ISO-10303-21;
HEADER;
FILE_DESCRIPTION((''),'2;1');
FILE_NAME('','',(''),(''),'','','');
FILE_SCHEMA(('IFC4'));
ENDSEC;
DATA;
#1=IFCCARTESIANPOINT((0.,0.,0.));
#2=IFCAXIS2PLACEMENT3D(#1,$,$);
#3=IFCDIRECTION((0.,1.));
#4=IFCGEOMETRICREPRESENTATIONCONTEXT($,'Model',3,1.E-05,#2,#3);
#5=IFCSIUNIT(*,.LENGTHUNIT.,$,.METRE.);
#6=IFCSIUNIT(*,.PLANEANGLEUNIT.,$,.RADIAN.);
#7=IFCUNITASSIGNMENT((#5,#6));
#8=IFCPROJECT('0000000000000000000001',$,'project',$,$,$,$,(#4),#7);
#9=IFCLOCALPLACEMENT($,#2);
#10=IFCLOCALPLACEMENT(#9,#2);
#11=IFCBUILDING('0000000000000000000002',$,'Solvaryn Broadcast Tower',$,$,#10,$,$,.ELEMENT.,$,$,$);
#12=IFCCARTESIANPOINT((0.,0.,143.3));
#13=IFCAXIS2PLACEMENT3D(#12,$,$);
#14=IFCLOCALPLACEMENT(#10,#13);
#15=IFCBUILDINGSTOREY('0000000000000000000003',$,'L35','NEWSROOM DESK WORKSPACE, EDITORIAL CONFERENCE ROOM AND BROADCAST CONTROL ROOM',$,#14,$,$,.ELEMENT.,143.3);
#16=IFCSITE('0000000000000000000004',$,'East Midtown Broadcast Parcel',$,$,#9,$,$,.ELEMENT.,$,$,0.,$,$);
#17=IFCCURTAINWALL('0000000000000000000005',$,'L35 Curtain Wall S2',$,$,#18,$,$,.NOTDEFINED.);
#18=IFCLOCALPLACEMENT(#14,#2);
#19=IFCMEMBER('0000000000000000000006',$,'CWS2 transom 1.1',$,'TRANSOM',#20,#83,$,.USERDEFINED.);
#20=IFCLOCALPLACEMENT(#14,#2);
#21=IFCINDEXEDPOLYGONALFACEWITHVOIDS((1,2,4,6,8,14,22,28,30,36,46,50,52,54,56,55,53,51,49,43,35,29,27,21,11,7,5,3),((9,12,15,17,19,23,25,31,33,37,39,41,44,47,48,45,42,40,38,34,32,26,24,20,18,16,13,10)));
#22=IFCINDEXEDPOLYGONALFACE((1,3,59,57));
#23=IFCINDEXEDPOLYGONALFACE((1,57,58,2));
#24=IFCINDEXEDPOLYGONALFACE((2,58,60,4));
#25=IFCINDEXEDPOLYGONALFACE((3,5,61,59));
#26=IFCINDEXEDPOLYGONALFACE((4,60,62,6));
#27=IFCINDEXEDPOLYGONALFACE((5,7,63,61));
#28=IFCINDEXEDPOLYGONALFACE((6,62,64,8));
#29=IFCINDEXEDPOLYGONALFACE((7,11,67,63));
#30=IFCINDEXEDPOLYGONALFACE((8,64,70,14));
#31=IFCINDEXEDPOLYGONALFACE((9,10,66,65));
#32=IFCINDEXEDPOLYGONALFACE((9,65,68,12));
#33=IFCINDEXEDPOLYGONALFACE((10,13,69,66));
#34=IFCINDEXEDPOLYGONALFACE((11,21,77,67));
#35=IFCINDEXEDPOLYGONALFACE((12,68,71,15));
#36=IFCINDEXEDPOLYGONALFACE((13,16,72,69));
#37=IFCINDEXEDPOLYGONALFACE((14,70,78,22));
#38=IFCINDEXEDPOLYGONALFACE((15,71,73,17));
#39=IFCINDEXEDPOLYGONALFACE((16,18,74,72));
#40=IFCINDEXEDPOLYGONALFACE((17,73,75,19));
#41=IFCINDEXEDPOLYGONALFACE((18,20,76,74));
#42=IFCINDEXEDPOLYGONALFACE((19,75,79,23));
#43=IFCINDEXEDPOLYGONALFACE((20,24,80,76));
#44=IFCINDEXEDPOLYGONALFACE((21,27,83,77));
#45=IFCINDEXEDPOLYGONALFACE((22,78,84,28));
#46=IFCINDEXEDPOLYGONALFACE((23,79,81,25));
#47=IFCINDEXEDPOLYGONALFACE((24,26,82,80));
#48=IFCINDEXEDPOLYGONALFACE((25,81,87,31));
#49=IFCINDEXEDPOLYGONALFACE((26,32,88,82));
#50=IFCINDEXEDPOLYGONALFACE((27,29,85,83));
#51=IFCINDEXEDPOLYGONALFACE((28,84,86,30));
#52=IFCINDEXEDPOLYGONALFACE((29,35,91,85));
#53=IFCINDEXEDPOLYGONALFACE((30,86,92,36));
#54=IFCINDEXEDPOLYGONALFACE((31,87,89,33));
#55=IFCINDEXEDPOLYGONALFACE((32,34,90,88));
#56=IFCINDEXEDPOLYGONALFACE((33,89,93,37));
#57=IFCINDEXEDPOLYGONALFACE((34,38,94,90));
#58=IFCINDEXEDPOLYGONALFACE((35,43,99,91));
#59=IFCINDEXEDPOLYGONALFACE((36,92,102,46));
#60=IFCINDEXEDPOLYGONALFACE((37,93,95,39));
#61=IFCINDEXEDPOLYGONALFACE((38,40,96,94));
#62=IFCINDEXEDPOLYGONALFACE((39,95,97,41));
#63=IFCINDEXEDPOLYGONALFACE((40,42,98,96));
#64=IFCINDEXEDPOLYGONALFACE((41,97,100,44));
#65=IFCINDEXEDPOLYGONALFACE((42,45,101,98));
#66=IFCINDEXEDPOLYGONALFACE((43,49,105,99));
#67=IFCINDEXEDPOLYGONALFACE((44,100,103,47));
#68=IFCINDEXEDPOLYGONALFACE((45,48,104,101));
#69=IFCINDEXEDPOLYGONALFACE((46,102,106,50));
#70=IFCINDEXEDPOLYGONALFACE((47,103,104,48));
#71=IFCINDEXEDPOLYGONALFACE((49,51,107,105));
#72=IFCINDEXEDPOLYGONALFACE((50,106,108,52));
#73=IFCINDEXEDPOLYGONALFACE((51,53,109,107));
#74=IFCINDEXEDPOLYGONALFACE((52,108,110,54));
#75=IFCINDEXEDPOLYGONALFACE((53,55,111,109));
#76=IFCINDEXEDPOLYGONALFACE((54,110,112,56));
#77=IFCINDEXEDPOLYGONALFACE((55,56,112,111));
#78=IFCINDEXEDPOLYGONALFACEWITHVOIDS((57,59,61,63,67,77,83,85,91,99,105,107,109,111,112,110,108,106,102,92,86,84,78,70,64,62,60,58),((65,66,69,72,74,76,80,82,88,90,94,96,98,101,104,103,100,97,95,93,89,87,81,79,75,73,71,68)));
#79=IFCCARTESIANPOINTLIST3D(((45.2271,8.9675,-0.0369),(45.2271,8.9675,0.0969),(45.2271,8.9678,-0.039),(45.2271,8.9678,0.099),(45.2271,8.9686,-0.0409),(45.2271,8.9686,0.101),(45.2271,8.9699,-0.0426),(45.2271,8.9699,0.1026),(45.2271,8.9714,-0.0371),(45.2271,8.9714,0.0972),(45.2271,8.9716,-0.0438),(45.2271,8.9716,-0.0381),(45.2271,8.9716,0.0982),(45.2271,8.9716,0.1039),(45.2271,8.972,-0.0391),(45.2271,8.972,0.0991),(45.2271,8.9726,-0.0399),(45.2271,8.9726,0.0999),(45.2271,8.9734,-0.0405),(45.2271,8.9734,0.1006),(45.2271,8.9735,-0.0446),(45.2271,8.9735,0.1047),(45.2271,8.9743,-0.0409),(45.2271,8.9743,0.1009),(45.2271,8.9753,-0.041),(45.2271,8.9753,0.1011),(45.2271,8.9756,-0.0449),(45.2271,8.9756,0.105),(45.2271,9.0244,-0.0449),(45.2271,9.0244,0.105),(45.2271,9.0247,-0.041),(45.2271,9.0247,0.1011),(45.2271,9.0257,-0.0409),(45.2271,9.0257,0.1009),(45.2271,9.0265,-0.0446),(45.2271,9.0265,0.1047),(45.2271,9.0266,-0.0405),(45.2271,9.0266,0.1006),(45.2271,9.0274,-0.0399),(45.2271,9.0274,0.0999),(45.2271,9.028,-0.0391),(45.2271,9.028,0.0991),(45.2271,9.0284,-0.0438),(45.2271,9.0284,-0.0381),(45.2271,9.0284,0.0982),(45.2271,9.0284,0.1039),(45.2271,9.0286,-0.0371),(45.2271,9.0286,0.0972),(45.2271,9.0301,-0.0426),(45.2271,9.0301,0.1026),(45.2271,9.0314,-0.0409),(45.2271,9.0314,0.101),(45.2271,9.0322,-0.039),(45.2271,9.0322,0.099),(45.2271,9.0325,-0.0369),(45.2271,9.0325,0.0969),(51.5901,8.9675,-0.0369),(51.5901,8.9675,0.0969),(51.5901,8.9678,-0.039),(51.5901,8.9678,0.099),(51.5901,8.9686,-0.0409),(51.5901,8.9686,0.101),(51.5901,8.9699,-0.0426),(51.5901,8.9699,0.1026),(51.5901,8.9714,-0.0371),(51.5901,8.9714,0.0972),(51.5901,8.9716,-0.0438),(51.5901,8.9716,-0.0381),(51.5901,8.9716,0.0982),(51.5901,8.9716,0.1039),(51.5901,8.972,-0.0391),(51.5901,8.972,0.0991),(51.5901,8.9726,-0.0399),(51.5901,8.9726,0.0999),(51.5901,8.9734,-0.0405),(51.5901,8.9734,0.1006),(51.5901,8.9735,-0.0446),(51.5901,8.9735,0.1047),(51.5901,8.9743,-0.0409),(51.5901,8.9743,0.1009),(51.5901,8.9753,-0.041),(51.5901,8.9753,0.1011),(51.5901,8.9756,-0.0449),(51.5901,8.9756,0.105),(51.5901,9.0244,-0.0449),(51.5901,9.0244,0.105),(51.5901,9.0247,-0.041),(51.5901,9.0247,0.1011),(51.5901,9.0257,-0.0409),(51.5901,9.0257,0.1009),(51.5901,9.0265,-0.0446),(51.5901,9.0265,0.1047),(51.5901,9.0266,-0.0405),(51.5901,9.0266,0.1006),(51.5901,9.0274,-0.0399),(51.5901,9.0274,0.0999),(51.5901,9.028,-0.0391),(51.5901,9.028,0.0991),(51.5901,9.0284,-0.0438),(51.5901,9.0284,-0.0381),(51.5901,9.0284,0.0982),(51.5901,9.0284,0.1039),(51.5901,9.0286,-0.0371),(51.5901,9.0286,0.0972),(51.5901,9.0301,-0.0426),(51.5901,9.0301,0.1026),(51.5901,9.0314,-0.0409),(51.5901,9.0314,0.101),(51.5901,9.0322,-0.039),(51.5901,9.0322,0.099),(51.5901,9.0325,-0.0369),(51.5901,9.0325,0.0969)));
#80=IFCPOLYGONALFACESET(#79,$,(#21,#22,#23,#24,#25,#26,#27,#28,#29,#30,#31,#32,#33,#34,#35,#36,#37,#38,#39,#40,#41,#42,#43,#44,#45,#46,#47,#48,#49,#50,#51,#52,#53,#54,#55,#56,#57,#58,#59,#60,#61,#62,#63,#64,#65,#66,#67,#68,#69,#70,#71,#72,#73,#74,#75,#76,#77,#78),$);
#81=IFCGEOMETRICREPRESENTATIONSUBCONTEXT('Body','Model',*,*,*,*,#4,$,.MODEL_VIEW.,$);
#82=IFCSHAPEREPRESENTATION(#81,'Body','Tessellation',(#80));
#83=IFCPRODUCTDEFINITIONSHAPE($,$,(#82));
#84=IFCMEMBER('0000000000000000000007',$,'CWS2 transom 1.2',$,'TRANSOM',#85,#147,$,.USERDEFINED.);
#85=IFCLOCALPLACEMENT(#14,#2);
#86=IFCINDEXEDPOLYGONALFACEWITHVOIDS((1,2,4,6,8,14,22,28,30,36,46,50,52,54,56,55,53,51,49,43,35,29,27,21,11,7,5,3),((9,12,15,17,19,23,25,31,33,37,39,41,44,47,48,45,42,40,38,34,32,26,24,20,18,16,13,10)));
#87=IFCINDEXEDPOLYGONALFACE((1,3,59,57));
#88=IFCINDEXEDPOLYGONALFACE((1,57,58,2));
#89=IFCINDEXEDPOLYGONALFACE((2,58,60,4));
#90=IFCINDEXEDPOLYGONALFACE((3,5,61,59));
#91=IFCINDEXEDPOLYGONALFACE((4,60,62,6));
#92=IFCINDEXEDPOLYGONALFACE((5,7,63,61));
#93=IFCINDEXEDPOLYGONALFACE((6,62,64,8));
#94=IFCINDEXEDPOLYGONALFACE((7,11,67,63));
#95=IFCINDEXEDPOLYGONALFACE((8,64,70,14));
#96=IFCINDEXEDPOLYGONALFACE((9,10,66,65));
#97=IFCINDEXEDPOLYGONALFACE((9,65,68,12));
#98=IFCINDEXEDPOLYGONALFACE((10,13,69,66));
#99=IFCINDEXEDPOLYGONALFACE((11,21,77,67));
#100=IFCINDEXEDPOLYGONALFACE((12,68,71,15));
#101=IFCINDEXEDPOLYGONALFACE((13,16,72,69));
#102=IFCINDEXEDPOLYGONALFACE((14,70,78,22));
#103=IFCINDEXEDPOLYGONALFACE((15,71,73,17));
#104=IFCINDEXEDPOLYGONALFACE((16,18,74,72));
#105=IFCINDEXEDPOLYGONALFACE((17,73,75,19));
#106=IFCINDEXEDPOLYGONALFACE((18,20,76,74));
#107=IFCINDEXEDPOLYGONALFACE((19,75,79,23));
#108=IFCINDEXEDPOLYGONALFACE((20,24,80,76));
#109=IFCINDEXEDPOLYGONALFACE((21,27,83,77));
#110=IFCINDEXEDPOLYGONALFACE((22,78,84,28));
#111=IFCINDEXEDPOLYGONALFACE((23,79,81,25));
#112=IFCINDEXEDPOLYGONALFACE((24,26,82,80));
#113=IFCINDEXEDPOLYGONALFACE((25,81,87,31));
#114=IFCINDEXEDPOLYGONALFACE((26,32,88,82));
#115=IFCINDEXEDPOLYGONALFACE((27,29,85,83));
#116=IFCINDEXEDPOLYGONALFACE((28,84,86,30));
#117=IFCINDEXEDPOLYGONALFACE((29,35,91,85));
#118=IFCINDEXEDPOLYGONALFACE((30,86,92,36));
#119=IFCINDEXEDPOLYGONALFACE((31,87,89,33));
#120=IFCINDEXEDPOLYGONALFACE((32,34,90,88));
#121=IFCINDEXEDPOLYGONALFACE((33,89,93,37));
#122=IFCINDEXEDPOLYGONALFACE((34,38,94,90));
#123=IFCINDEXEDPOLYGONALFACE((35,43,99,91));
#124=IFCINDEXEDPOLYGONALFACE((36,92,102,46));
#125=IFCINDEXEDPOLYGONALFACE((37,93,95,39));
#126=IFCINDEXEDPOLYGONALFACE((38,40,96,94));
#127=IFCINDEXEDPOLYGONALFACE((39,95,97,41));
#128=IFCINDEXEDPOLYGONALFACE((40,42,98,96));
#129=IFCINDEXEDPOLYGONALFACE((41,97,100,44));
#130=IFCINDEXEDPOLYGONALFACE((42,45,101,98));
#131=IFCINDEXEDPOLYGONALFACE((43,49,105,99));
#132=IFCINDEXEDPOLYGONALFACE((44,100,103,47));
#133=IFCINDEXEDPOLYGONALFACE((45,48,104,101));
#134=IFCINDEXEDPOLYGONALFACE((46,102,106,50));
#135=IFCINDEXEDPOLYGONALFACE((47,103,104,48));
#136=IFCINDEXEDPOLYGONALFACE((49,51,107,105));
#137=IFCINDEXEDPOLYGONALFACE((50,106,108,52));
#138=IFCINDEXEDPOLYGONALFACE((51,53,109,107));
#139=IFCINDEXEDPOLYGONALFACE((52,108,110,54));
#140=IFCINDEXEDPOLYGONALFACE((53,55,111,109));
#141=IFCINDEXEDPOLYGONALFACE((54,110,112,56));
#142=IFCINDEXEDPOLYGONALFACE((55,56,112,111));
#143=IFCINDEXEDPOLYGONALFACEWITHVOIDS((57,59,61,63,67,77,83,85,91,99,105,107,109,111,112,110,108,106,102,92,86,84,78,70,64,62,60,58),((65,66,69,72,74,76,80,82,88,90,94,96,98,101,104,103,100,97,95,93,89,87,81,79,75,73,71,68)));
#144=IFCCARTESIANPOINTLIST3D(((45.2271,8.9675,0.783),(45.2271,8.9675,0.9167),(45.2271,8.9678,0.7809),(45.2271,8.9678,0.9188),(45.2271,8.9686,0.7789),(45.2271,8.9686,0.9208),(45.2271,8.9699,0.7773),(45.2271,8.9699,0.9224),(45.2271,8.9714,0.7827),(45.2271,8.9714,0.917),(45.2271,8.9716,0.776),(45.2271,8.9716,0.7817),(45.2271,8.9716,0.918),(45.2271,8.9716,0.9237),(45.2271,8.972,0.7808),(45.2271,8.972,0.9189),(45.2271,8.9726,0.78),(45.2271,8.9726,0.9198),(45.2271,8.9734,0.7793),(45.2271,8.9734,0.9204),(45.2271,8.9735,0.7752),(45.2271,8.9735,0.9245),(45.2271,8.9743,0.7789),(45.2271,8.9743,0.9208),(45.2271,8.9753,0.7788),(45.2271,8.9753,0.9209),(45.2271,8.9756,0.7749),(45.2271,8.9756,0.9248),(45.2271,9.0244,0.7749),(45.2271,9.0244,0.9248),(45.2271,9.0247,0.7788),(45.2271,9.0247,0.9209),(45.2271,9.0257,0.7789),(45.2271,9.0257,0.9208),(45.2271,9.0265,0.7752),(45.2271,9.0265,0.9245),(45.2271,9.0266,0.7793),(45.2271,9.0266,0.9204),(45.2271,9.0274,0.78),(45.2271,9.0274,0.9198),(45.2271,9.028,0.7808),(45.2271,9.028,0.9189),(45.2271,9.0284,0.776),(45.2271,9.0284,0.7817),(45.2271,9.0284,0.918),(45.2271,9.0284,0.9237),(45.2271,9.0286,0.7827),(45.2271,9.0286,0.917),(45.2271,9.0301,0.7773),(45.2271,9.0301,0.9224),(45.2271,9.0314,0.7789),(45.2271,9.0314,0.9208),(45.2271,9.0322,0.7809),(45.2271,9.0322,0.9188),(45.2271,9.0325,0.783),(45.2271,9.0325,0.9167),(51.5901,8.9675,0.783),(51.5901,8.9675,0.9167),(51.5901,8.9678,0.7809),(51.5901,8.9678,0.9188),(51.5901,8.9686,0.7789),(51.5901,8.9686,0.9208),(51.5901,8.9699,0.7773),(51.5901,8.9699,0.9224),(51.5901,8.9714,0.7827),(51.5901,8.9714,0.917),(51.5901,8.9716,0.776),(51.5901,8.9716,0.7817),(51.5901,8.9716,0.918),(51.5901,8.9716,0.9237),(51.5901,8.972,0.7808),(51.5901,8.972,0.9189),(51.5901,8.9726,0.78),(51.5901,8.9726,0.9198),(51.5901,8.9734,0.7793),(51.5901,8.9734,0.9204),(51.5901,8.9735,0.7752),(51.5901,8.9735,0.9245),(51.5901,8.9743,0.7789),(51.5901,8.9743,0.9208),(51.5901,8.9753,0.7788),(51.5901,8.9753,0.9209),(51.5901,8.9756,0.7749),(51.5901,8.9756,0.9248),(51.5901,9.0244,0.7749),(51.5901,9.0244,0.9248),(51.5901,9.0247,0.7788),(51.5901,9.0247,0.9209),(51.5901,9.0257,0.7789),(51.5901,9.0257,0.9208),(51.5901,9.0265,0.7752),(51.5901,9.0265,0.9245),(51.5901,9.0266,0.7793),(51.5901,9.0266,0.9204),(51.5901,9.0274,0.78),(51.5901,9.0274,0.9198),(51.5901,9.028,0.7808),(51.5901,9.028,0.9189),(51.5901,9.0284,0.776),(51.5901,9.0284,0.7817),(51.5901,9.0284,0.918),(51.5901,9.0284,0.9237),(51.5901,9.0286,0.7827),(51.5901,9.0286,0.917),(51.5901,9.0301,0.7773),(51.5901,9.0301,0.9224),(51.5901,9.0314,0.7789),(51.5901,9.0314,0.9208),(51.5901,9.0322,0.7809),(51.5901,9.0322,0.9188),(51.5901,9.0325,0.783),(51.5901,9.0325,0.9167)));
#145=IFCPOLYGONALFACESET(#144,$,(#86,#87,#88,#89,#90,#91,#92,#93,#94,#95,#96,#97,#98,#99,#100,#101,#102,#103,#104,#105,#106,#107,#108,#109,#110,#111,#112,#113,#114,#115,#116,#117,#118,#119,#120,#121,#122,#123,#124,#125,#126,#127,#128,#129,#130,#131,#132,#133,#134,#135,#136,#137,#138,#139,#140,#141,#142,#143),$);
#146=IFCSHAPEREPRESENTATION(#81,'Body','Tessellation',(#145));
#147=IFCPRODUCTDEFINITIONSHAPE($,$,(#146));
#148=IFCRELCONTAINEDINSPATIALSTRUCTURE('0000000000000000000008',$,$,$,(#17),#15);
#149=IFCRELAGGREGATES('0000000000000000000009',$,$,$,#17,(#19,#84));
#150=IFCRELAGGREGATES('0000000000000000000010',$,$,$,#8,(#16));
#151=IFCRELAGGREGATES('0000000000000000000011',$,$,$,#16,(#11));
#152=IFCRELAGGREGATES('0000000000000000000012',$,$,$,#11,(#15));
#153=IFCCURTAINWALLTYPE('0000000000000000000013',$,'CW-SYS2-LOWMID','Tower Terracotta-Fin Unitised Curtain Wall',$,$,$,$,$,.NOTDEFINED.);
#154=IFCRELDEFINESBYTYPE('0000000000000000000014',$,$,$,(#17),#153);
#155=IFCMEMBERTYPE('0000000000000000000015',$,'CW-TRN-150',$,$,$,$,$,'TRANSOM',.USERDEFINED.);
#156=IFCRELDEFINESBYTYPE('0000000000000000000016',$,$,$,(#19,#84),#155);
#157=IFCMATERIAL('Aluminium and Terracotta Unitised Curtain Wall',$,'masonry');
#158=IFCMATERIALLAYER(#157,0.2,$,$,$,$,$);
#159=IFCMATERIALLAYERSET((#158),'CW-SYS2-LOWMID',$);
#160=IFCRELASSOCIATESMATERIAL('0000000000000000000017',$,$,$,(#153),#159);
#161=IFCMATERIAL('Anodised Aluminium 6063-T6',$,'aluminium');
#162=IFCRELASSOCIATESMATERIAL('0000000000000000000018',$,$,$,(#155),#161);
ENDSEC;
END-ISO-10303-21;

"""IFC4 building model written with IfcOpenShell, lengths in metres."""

from ifc_helpers import new_model, si_unit, direction, frame, origin, origin_2d, place, context, subcontext, project, spatial, hollow_rectangle, extrude, material, layer, layer_set, material_profile, profile_set, type_object, element, aggregate, save


model = new_model("IFC4")

# Units and contexts
model_context = context("Model", 3, precision=1e-05, world=origin(), true_north=direction((0.0, 1.0)))
body_context = subcontext(model_context, "Body", "Model", "MODEL_VIEW")
ifc_project = project(units=[si_unit("LENGTHUNIT", "METRE"), si_unit("PLANEANGLEUNIT", "RADIAN")], contexts=[model_context])

# Site, building, storey
site_placement = place(None, origin())
site = spatial("IfcSite", under=ifc_project, at=site_placement, Name="East Midtown Broadcast Parcel", CompositionType="ELEMENT", RefElevation=0.0)
building_placement = place(site_placement, origin())
building = spatial("IfcBuilding", under=site, at=building_placement, Name="Solvaryn Broadcast Tower", CompositionType="ELEMENT")
storey_placement = place(building_placement, frame((0.0, 0.0, 143.3)))
storey = spatial("IfcBuildingStorey", under=building, at=storey_placement, Name="L35", Description="NEWSROOM DESK WORKSPACE, EDITORIAL CONFERENCE ROOM AND BROADCAST CONTROL ROOM", CompositionType="ELEMENT", Elevation=143.3)

# Shared definitions
ifc_material_1 = material(Name="Aluminium and Terracotta Unitised Curtain Wall", Category="masonry")
ifc_layer_1 = layer(ifc_material_1, 0.2)
ifc_layer_set_1 = layer_set([ifc_layer_1], Name="CW-SYS2-LOWMID")
curtain_wall_type = type_object("IfcCurtainWallType", Name="CW-SYS2-LOWMID", Description="Tower Terracotta-Fin Unitised Curtain Wall", PredefinedType="NOTDEFINED", material=ifc_layer_set_1)

# Curtain wall, members
curtain_wall_1_placement = place(storey_placement, origin())
curtain_wall_1 = element("IfcCurtainWall", 1, at=curtain_wall_1_placement, inside=storey, type_object=curtain_wall_type, Name="L35 Curtain Wall S2", PredefinedType="NOTDEFINED")
ifc_material_2 = material(Name="Anodised Aluminium 6063-T6", Category="aluminium")
ifc_material_profile_1 = material_profile(ifc_material_2, hollow_rectangle(XDim=0.0649, YDim=0.1499, WallThickness=0.0039, InnerFilletRadius=0.0039, OuterFilletRadius=0.0081, at=origin_2d()))
ifc_profile_set_1 = profile_set([ifc_material_profile_1], Name="Anodised Aluminium 6063-T6")
member_type_1 = type_object("IfcMemberType", Name="CW-TRN-150", ElementType="TRANSOM", PredefinedType="USERDEFINED", material=ifc_profile_set_1)
member_1_placement = place(storey_placement, frame((45.2271, 9.0, 0.03), z_axis=(1.0, 0.0, 0.0), x_axis=(0.0, 1.0, 0.0)))
member_1 = element("IfcMember", 2, at=member_1_placement, type_object=member_type_1, Name="CWS2 transom 1.1", ObjectType="TRANSOM", PredefinedType="USERDEFINED", context=body_context, shape_type="SweptSolid", body=[
    extrude(hollow_rectangle(XDim=0.0649, YDim=0.1499, WallThickness=0.0039, InnerFilletRadius=0.0039, OuterFilletRadius=0.0081, at=origin_2d()), origin(), (0.0, 0.0, 1.0), 6.363),
])
member_2_placement = place(storey_placement, frame((45.2271, 9.0, 0.8499), z_axis=(1.0, 0.0, 0.0), x_axis=(0.0, 1.0, 0.0)))
member_2 = element("IfcMember", 3, at=member_2_placement, type_object=member_type_1, Name="CWS2 transom 1.2", ObjectType="TRANSOM", PredefinedType="USERDEFINED", context=body_context, shape_type="SweptSolid", body=[
    extrude(hollow_rectangle(XDim=0.0649, YDim=0.1499, WallThickness=0.0039, InnerFilletRadius=0.0039, OuterFilletRadius=0.0081, at=origin_2d()), origin(), (0.0, 0.0, 1.0), 6.363),
])
aggregate(curtain_wall_1, [member_1, member_2])

save(model, "model.ifc")
